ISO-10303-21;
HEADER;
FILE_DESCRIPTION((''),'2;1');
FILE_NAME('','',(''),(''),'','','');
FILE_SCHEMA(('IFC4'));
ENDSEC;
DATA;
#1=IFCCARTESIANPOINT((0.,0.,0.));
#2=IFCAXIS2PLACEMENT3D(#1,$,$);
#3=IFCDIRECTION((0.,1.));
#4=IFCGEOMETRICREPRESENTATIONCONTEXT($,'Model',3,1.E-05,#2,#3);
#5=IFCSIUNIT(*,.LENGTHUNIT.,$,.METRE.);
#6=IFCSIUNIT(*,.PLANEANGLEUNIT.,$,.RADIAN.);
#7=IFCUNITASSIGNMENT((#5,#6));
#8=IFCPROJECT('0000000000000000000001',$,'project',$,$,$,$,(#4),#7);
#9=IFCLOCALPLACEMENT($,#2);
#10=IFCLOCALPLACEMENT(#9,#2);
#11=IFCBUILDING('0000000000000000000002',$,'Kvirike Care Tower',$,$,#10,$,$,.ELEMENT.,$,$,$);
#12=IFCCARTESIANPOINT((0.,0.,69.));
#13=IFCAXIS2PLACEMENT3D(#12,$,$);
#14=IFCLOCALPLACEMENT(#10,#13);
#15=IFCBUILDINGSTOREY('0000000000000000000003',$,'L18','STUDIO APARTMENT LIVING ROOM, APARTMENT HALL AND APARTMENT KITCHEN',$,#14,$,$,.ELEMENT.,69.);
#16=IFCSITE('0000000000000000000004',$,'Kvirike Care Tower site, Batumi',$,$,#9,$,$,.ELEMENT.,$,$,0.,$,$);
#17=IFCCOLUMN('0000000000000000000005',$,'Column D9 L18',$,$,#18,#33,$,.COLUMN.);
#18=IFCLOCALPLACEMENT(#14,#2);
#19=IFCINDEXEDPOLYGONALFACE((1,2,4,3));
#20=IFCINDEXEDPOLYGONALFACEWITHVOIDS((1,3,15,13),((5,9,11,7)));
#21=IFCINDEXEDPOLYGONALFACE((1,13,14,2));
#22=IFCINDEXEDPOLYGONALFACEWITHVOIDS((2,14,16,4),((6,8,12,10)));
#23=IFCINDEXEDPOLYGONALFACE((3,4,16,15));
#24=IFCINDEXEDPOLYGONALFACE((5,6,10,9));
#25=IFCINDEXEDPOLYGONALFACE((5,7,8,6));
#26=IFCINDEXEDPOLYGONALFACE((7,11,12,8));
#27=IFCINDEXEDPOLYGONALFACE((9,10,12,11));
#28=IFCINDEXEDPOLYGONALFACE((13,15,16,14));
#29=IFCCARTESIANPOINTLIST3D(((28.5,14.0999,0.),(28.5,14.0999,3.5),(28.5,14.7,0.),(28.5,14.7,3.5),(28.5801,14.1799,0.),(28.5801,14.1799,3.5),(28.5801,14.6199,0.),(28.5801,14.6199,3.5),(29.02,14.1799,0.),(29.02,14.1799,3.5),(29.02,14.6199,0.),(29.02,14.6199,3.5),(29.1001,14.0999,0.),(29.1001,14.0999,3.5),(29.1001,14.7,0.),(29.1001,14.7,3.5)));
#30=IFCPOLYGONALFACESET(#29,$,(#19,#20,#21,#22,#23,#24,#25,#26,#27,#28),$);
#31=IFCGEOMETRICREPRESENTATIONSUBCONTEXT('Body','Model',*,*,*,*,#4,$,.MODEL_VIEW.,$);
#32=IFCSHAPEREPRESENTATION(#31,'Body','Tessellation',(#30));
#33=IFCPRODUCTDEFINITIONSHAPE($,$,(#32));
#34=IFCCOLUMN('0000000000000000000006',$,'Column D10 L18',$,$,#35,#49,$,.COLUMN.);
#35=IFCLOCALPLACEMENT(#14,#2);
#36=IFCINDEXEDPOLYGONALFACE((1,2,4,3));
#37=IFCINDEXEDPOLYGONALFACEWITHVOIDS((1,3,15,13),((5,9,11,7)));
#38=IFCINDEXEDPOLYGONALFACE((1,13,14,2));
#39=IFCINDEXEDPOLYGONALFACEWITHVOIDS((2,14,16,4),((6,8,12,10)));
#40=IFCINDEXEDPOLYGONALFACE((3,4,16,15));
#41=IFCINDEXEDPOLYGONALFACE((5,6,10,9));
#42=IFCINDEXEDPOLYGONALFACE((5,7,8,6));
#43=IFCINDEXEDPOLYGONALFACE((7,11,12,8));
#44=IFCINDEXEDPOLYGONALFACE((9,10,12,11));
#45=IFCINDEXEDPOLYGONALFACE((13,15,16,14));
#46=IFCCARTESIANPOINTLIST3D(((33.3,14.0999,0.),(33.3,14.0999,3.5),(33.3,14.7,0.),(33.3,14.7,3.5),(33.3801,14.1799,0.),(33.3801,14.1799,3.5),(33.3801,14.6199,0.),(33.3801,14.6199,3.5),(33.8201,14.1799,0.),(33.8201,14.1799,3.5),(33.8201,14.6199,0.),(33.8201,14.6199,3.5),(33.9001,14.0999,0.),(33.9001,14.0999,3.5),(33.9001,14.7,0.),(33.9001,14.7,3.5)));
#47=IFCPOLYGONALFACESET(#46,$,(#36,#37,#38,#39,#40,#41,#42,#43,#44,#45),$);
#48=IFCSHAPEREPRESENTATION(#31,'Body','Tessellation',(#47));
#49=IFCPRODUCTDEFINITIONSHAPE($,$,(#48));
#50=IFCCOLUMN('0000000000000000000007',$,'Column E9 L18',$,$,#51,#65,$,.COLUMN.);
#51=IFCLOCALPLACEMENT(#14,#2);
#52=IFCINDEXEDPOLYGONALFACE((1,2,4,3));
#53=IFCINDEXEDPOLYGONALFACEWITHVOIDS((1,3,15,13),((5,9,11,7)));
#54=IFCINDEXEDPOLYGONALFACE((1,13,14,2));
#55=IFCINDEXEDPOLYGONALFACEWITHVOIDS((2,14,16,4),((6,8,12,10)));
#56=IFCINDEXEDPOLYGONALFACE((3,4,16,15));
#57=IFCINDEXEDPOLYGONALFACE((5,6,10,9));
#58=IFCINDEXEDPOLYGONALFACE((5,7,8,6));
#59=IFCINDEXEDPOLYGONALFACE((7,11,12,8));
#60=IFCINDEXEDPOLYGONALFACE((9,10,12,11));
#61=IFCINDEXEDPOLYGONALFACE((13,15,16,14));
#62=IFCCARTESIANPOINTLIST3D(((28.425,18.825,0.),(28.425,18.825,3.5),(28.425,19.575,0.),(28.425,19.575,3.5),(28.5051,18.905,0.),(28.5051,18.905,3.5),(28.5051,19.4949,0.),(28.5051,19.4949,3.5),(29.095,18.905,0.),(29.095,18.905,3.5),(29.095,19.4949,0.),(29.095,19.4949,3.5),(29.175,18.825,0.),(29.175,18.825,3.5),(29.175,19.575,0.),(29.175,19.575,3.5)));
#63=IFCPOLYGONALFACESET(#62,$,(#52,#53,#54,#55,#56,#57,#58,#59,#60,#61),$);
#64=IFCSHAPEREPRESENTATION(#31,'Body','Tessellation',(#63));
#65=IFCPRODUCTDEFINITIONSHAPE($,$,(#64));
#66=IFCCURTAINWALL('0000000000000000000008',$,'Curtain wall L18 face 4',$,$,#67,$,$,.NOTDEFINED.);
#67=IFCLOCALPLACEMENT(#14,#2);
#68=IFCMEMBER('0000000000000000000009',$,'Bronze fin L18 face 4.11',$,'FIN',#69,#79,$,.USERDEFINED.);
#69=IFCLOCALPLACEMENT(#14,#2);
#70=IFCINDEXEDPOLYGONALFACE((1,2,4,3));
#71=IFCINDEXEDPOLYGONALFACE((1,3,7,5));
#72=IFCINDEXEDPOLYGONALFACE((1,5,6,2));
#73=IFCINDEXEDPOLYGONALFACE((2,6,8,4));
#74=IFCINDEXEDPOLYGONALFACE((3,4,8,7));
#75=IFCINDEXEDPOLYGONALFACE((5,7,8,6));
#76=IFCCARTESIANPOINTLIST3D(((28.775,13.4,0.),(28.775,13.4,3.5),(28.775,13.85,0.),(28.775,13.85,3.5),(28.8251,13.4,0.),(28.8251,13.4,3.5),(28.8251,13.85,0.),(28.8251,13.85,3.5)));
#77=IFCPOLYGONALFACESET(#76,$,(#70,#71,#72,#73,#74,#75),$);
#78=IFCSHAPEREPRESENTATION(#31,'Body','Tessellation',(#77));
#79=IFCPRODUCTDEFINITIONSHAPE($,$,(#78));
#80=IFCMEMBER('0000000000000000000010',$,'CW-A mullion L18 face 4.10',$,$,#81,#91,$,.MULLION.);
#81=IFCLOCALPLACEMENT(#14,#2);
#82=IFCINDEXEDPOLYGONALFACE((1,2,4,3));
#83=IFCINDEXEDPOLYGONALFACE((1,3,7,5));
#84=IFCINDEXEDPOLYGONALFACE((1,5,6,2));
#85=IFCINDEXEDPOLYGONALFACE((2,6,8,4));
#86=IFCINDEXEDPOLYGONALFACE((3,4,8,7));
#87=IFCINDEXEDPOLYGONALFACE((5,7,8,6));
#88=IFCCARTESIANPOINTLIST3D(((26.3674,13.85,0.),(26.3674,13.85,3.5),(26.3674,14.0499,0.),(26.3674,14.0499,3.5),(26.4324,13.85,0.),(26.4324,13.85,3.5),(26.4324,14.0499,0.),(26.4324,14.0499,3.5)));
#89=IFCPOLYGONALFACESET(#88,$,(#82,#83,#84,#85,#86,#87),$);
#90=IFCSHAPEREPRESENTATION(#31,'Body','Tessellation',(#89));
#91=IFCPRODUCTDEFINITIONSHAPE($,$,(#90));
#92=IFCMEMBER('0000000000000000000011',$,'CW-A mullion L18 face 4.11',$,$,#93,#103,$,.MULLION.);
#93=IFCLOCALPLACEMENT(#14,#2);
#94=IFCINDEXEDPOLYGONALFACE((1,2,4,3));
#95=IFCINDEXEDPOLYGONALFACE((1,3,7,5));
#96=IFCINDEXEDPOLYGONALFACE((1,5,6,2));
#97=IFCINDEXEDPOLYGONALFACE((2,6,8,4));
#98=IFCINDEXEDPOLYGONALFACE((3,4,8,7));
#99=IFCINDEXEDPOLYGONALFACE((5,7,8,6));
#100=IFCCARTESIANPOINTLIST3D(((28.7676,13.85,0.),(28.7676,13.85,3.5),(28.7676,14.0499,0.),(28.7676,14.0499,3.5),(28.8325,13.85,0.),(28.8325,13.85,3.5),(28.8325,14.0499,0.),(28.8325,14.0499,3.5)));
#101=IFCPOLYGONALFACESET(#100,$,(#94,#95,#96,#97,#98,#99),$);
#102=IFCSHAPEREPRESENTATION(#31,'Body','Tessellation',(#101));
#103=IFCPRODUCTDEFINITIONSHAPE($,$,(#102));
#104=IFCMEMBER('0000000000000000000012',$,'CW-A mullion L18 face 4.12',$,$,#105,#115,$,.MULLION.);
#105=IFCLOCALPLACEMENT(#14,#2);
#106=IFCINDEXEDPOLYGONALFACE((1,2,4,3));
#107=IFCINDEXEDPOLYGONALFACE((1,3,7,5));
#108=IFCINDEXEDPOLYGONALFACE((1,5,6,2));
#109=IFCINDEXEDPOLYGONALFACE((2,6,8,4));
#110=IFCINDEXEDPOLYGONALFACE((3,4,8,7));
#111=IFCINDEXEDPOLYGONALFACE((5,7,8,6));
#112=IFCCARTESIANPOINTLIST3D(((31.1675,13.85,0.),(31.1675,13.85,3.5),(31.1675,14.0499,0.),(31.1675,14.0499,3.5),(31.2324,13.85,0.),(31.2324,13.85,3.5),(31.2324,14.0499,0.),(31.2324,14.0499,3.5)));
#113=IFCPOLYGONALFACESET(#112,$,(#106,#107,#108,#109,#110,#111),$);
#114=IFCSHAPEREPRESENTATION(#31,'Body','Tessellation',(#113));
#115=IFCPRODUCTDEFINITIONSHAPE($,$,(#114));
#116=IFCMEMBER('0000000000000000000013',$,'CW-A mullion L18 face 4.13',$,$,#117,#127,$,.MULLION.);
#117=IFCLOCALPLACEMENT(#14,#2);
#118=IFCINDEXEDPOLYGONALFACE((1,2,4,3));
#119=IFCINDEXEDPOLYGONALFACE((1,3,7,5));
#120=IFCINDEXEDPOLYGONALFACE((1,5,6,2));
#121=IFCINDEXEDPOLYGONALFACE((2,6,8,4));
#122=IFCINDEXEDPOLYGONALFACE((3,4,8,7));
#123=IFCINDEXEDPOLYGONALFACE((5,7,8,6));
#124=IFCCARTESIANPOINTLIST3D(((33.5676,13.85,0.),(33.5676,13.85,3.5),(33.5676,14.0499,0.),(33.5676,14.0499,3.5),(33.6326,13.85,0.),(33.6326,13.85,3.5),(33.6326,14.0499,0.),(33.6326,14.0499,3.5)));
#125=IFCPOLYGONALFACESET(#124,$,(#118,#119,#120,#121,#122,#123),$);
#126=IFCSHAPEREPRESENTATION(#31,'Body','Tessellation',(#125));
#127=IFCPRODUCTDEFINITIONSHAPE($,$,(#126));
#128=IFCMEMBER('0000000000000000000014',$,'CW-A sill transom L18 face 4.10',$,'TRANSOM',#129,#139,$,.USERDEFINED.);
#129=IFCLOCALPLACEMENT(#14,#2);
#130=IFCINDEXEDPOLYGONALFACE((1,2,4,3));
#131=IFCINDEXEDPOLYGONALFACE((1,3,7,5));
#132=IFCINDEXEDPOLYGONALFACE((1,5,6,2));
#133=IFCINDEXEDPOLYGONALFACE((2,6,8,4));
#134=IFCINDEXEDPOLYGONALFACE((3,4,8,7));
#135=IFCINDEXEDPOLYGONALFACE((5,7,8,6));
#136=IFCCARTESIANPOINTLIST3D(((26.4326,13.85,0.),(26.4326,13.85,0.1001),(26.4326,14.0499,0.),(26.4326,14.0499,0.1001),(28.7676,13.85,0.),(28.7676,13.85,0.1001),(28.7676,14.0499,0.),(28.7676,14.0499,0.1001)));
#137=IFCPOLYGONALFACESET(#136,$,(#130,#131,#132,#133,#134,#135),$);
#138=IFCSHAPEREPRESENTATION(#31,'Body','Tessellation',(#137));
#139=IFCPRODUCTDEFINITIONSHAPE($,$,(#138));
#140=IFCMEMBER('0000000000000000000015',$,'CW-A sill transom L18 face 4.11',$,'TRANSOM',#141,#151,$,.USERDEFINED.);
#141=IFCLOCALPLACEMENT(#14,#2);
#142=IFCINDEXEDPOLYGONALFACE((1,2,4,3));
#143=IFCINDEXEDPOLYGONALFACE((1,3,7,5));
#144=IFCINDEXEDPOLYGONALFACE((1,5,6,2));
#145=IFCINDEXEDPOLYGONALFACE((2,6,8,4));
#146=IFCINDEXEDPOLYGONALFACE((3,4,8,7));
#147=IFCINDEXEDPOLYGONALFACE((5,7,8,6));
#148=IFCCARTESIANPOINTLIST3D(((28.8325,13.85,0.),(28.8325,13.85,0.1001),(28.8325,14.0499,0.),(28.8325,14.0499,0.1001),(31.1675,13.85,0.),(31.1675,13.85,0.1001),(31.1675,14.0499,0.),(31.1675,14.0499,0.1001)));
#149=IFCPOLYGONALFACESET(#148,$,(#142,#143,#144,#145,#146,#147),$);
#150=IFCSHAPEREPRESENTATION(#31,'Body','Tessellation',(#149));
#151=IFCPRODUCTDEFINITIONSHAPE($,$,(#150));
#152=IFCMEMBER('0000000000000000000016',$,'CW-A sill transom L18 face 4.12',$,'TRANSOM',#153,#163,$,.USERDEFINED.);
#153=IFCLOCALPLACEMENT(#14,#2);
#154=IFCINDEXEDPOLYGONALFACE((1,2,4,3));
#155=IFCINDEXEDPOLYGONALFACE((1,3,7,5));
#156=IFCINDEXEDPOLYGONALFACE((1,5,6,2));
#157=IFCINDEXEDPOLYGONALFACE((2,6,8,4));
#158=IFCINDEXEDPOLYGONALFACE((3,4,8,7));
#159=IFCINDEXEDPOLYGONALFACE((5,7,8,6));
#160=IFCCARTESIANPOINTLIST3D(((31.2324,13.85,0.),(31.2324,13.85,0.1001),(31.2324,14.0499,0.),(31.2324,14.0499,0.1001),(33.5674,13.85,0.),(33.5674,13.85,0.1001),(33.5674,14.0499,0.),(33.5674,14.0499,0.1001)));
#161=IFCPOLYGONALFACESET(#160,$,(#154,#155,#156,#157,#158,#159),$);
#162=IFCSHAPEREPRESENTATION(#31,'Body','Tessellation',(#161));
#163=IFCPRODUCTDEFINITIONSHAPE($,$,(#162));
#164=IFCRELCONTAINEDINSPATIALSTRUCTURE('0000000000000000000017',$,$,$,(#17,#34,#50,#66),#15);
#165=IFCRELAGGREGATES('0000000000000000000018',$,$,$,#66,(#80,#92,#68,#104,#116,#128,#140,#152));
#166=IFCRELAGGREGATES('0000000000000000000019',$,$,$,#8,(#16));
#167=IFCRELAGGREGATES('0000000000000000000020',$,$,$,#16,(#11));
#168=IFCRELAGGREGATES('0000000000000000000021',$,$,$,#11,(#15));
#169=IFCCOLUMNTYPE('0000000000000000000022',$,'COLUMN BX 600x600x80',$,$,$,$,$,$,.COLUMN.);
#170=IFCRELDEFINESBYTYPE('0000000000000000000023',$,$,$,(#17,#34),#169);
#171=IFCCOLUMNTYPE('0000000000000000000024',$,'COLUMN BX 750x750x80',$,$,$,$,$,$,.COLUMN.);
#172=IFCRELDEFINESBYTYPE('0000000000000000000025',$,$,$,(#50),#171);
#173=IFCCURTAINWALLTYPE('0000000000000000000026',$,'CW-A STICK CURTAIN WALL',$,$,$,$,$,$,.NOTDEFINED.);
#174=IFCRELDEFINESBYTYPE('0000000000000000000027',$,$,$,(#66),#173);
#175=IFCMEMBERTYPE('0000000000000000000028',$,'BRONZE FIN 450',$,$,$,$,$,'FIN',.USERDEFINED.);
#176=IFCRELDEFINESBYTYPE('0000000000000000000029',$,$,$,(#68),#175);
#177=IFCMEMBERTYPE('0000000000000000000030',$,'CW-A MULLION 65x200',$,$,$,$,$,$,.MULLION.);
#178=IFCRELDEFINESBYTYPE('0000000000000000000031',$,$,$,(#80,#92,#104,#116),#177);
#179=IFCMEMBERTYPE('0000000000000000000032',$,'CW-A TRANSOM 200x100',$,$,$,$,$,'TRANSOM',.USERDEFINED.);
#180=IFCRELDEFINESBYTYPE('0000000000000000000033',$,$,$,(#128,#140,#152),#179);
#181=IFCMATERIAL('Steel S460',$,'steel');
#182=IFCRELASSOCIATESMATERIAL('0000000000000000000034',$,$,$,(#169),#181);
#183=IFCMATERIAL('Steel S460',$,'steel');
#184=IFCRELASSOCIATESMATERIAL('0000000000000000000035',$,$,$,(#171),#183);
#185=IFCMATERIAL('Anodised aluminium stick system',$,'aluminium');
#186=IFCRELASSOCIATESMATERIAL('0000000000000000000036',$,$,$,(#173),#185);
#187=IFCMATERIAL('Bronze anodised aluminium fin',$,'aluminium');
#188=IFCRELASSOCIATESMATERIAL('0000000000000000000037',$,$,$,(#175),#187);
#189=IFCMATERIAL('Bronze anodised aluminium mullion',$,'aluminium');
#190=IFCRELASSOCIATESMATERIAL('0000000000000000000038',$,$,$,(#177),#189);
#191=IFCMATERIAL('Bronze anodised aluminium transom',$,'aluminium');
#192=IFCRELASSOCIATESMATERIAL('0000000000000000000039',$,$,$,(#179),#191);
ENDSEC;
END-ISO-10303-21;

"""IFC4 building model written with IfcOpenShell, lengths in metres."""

from ifc_helpers import new_model, si_unit, direction, frame, origin, origin_2d, place, context, subcontext, project, spatial, rectangle, hollow_rectangle, extrude, material, material_profile, profile_set, type_object, element, aggregate, save


model = new_model("IFC4")

# Units and contexts
model_context = context("Model", 3, precision=1e-05, world=origin(), true_north=direction((0.0, 1.0)))
body_context = subcontext(model_context, "Body", "Model", "MODEL_VIEW")
ifc_project = project(units=[si_unit("LENGTHUNIT", "METRE"), si_unit("PLANEANGLEUNIT", "RADIAN")], contexts=[model_context])

# Site, building, storey
site_placement = place(None, origin())
site = spatial("IfcSite", under=ifc_project, at=site_placement, Name="Kvirike Care Tower site, Batumi", CompositionType="ELEMENT", RefElevation=0.0)
building_placement = place(site_placement, origin())
building = spatial("IfcBuilding", under=site, at=building_placement, Name="Kvirike Care Tower", CompositionType="ELEMENT")
storey_placement = place(building_placement, frame((0.0, 0.0, 69.0)))
storey = spatial("IfcBuildingStorey", under=building, at=storey_placement, Name="L18", Description="STUDIO APARTMENT LIVING ROOM, APARTMENT HALL AND APARTMENT KITCHEN", CompositionType="ELEMENT", Elevation=69.0)

# Columns
ifc_material_1 = material(Name="Steel S460", Category="steel")
ifc_material_profile_1 = material_profile(ifc_material_1, hollow_rectangle(XDim=0.6001, YDim=0.6001, WallThickness=0.0801, at=origin_2d()), Name="BX 600x600x80")
ifc_profile_set_1 = profile_set([ifc_material_profile_1], Name="Steel S460")
column_type_1 = type_object("IfcColumnType", Name="COLUMN BX 600x600x80", PredefinedType="COLUMN", material=ifc_profile_set_1)
for number, where, z_axis, x_axis, name in (
    (1, (28.8, 14.3999, 0.0), (0.0, 0.0, 1.0), (0.0, 1.0, 0.0), "Column D9 L18"),
    (2, (33.6001, 14.3999, 0.0), (0.0, 0.0, 1.0), (0.0, 1.0, 0.0), "Column D10 L18"),
):
    element("IfcColumn", number, at=place(storey_placement, frame(where, z_axis=z_axis, x_axis=x_axis)), inside=storey, type_object=column_type_1, Name=name, PredefinedType="COLUMN", context=body_context, shape_type="SweptSolid", body=[
        extrude(hollow_rectangle(XDim=0.6001, YDim=0.6001, WallThickness=0.0801, at=origin_2d()), origin(), (0.0, 0.0, 1.0), 3.5),
    ])
ifc_material_2 = material(Name="Steel S460", Category="steel")
ifc_material_profile_2 = material_profile(ifc_material_2, hollow_rectangle(XDim=0.75, YDim=0.75, WallThickness=0.0801, at=origin_2d()), Name="BX 750x750x80")
ifc_profile_set_2 = profile_set([ifc_material_profile_2], Name="Steel S460")
column_type_2 = type_object("IfcColumnType", Name="COLUMN BX 750x750x80", PredefinedType="COLUMN", material=ifc_profile_set_2)
column_placement = place(storey_placement, frame((28.8, 19.2, 0.0), z_axis=(0.0, 0.0, 1.0), x_axis=(1.0, 0.0, 0.0)))
element("IfcColumn", 3, at=column_placement, inside=storey, type_object=column_type_2, Name="Column E9 L18", PredefinedType="COLUMN", context=body_context, shape_type="SweptSolid", body=[
    extrude(hollow_rectangle(XDim=0.75, YDim=0.75, WallThickness=0.0801, at=origin_2d()), origin(), (0.0, 0.0, 1.0), 3.5),
])

# Curtain wall, members
ifc_material_3 = material(Name="Anodised aluminium stick system", Category="aluminium")
curtain_wall_type = type_object("IfcCurtainWallType", Name="CW-A STICK CURTAIN WALL", PredefinedType="NOTDEFINED", material=ifc_material_3)
curtain_wall_placement = place(storey_placement, origin())
curtain_wall = element("IfcCurtainWall", 4, at=curtain_wall_placement, inside=storey, type_object=curtain_wall_type, Name="Curtain wall L18 face 4", PredefinedType="NOTDEFINED")
ifc_material_4 = material(Name="Bronze anodised aluminium fin", Category="aluminium")
ifc_material_profile_3 = material_profile(ifc_material_4, rectangle(XDim=0.05, YDim=0.45, at=origin_2d()), Name="BRONZE FIN 450")
ifc_profile_set_3 = profile_set([ifc_material_profile_3], Name="Bronze anodised aluminium fin")
member_type_1 = type_object("IfcMemberType", Name="BRONZE FIN 450", ElementType="FIN", PredefinedType="USERDEFINED", material=ifc_profile_set_3)
member_1_placement = place(storey_placement, frame((28.8, 13.625, 0.0), z_axis=(0.0, 0.0, 1.0), x_axis=(1.0, 0.0, 0.0)))
member_1 = element("IfcMember", 5, at=member_1_placement, type_object=member_type_1, Name="Bronze fin L18 face 4.11", ObjectType="FIN", PredefinedType="USERDEFINED", context=body_context, shape_type="SweptSolid", body=[
    extrude(rectangle(XDim=0.05, YDim=0.45, at=origin_2d()), origin(), (0.0, 0.0, 1.0), 3.5),
])
ifc_material_5 = material(Name="Bronze anodised aluminium mullion", Category="aluminium")
ifc_material_profile_4 = material_profile(ifc_material_5, rectangle(XDim=0.0649, YDim=0.2, at=origin_2d()), Name="CW-A MULLION 65x200")
ifc_profile_set_4 = profile_set([ifc_material_profile_4], Name="Bronze anodised aluminium mullion")
member_type_2 = type_object("IfcMemberType", Name="CW-A MULLION 65x200", PredefinedType="MULLION", material=ifc_profile_set_4)
member_2_placement = place(storey_placement, frame((26.3999, 13.95, 0.0), z_axis=(0.0, 0.0, 1.0), x_axis=(1.0, 0.0, 0.0)))
member_2 = element("IfcMember", 6, at=member_2_placement, type_object=member_type_2, Name="CW-A mullion L18 face 4.10", PredefinedType="MULLION", context=body_context, shape_type="SweptSolid", body=[
    extrude(rectangle(XDim=0.0649, YDim=0.2, at=origin_2d()), origin(), (0.0, 0.0, 1.0), 3.5),
])
member_3_placement = place(storey_placement, frame((28.8, 13.95, 0.0), z_axis=(0.0, 0.0, 1.0), x_axis=(1.0, 0.0, 0.0)))
member_3 = element("IfcMember", 7, at=member_3_placement, type_object=member_type_2, Name="CW-A mullion L18 face 4.11", PredefinedType="MULLION", context=body_context, shape_type="SweptSolid", body=[
    extrude(rectangle(XDim=0.0649, YDim=0.2, at=origin_2d()), origin(), (0.0, 0.0, 1.0), 3.5),
])
member_4_placement = place(storey_placement, frame((31.2, 13.95, 0.0), z_axis=(0.0, 0.0, 1.0), x_axis=(1.0, 0.0, 0.0)))
member_4 = element("IfcMember", 8, at=member_4_placement, type_object=member_type_2, Name="CW-A mullion L18 face 4.12", PredefinedType="MULLION", context=body_context, shape_type="SweptSolid", body=[
    extrude(rectangle(XDim=0.0649, YDim=0.2, at=origin_2d()), origin(), (0.0, 0.0, 1.0), 3.5),
])
member_5_placement = place(storey_placement, frame((33.6001, 13.95, 0.0), z_axis=(0.0, 0.0, 1.0), x_axis=(1.0, 0.0, 0.0)))
member_5 = element("IfcMember", 9, at=member_5_placement, type_object=member_type_2, Name="CW-A mullion L18 face 4.13", PredefinedType="MULLION", context=body_context, shape_type="SweptSolid", body=[
    extrude(rectangle(XDim=0.0649, YDim=0.2, at=origin_2d()), origin(), (0.0, 0.0, 1.0), 3.5),
])
ifc_material_6 = material(Name="Bronze anodised aluminium transom", Category="aluminium")
ifc_material_profile_5 = material_profile(ifc_material_6, rectangle(XDim=0.2, YDim=0.1001, at=origin_2d()), Name="CW-A TRANSOM 200x100")
ifc_profile_set_5 = profile_set([ifc_material_profile_5], Name="Bronze anodised aluminium transom")
member_type_3 = type_object("IfcMemberType", Name="CW-A TRANSOM 200x100", ElementType="TRANSOM", PredefinedType="USERDEFINED", material=ifc_profile_set_5)
member_6_placement = place(storey_placement, frame((26.4326, 13.95, 0.05), z_axis=(1.0, 0.0, 0.0), x_axis=(0.0, 1.0, 0.0)))
member_6 = element("IfcMember", 10, at=member_6_placement, type_object=member_type_3, Name="CW-A sill transom L18 face 4.10", ObjectType="TRANSOM", PredefinedType="USERDEFINED", context=body_context, shape_type="SweptSolid", body=[
    extrude(rectangle(XDim=0.2, YDim=0.1001, at=origin_2d()), origin(), (0.0, 0.0, 1.0), 2.335),
])
member_7_placement = place(storey_placement, frame((28.8325, 13.95, 0.05), z_axis=(1.0, 0.0, 0.0), x_axis=(0.0, 1.0, 0.0)))
member_7 = element("IfcMember", 11, at=member_7_placement, type_object=member_type_3, Name="CW-A sill transom L18 face 4.11", ObjectType="TRANSOM", PredefinedType="USERDEFINED", context=body_context, shape_type="SweptSolid", body=[
    extrude(rectangle(XDim=0.2, YDim=0.1001, at=origin_2d()), origin(), (0.0, 0.0, 1.0), 2.335),
])
member_8_placement = place(storey_placement, frame((31.2324, 13.95, 0.05), z_axis=(1.0, 0.0, 0.0), x_axis=(0.0, 1.0, 0.0)))
member_8 = element("IfcMember", 12, at=member_8_placement, type_object=member_type_3, Name="CW-A sill transom L18 face 4.12", ObjectType="TRANSOM", PredefinedType="USERDEFINED", context=body_context, shape_type="SweptSolid", body=[
    extrude(rectangle(XDim=0.2, YDim=0.1001, at=origin_2d()), origin(), (0.0, 0.0, 1.0), 2.335),
])

aggregate(curtain_wall, [member_2, member_3, member_1, member_4, member_5, member_6, member_7, member_8])

save(model, "model.ifc")
